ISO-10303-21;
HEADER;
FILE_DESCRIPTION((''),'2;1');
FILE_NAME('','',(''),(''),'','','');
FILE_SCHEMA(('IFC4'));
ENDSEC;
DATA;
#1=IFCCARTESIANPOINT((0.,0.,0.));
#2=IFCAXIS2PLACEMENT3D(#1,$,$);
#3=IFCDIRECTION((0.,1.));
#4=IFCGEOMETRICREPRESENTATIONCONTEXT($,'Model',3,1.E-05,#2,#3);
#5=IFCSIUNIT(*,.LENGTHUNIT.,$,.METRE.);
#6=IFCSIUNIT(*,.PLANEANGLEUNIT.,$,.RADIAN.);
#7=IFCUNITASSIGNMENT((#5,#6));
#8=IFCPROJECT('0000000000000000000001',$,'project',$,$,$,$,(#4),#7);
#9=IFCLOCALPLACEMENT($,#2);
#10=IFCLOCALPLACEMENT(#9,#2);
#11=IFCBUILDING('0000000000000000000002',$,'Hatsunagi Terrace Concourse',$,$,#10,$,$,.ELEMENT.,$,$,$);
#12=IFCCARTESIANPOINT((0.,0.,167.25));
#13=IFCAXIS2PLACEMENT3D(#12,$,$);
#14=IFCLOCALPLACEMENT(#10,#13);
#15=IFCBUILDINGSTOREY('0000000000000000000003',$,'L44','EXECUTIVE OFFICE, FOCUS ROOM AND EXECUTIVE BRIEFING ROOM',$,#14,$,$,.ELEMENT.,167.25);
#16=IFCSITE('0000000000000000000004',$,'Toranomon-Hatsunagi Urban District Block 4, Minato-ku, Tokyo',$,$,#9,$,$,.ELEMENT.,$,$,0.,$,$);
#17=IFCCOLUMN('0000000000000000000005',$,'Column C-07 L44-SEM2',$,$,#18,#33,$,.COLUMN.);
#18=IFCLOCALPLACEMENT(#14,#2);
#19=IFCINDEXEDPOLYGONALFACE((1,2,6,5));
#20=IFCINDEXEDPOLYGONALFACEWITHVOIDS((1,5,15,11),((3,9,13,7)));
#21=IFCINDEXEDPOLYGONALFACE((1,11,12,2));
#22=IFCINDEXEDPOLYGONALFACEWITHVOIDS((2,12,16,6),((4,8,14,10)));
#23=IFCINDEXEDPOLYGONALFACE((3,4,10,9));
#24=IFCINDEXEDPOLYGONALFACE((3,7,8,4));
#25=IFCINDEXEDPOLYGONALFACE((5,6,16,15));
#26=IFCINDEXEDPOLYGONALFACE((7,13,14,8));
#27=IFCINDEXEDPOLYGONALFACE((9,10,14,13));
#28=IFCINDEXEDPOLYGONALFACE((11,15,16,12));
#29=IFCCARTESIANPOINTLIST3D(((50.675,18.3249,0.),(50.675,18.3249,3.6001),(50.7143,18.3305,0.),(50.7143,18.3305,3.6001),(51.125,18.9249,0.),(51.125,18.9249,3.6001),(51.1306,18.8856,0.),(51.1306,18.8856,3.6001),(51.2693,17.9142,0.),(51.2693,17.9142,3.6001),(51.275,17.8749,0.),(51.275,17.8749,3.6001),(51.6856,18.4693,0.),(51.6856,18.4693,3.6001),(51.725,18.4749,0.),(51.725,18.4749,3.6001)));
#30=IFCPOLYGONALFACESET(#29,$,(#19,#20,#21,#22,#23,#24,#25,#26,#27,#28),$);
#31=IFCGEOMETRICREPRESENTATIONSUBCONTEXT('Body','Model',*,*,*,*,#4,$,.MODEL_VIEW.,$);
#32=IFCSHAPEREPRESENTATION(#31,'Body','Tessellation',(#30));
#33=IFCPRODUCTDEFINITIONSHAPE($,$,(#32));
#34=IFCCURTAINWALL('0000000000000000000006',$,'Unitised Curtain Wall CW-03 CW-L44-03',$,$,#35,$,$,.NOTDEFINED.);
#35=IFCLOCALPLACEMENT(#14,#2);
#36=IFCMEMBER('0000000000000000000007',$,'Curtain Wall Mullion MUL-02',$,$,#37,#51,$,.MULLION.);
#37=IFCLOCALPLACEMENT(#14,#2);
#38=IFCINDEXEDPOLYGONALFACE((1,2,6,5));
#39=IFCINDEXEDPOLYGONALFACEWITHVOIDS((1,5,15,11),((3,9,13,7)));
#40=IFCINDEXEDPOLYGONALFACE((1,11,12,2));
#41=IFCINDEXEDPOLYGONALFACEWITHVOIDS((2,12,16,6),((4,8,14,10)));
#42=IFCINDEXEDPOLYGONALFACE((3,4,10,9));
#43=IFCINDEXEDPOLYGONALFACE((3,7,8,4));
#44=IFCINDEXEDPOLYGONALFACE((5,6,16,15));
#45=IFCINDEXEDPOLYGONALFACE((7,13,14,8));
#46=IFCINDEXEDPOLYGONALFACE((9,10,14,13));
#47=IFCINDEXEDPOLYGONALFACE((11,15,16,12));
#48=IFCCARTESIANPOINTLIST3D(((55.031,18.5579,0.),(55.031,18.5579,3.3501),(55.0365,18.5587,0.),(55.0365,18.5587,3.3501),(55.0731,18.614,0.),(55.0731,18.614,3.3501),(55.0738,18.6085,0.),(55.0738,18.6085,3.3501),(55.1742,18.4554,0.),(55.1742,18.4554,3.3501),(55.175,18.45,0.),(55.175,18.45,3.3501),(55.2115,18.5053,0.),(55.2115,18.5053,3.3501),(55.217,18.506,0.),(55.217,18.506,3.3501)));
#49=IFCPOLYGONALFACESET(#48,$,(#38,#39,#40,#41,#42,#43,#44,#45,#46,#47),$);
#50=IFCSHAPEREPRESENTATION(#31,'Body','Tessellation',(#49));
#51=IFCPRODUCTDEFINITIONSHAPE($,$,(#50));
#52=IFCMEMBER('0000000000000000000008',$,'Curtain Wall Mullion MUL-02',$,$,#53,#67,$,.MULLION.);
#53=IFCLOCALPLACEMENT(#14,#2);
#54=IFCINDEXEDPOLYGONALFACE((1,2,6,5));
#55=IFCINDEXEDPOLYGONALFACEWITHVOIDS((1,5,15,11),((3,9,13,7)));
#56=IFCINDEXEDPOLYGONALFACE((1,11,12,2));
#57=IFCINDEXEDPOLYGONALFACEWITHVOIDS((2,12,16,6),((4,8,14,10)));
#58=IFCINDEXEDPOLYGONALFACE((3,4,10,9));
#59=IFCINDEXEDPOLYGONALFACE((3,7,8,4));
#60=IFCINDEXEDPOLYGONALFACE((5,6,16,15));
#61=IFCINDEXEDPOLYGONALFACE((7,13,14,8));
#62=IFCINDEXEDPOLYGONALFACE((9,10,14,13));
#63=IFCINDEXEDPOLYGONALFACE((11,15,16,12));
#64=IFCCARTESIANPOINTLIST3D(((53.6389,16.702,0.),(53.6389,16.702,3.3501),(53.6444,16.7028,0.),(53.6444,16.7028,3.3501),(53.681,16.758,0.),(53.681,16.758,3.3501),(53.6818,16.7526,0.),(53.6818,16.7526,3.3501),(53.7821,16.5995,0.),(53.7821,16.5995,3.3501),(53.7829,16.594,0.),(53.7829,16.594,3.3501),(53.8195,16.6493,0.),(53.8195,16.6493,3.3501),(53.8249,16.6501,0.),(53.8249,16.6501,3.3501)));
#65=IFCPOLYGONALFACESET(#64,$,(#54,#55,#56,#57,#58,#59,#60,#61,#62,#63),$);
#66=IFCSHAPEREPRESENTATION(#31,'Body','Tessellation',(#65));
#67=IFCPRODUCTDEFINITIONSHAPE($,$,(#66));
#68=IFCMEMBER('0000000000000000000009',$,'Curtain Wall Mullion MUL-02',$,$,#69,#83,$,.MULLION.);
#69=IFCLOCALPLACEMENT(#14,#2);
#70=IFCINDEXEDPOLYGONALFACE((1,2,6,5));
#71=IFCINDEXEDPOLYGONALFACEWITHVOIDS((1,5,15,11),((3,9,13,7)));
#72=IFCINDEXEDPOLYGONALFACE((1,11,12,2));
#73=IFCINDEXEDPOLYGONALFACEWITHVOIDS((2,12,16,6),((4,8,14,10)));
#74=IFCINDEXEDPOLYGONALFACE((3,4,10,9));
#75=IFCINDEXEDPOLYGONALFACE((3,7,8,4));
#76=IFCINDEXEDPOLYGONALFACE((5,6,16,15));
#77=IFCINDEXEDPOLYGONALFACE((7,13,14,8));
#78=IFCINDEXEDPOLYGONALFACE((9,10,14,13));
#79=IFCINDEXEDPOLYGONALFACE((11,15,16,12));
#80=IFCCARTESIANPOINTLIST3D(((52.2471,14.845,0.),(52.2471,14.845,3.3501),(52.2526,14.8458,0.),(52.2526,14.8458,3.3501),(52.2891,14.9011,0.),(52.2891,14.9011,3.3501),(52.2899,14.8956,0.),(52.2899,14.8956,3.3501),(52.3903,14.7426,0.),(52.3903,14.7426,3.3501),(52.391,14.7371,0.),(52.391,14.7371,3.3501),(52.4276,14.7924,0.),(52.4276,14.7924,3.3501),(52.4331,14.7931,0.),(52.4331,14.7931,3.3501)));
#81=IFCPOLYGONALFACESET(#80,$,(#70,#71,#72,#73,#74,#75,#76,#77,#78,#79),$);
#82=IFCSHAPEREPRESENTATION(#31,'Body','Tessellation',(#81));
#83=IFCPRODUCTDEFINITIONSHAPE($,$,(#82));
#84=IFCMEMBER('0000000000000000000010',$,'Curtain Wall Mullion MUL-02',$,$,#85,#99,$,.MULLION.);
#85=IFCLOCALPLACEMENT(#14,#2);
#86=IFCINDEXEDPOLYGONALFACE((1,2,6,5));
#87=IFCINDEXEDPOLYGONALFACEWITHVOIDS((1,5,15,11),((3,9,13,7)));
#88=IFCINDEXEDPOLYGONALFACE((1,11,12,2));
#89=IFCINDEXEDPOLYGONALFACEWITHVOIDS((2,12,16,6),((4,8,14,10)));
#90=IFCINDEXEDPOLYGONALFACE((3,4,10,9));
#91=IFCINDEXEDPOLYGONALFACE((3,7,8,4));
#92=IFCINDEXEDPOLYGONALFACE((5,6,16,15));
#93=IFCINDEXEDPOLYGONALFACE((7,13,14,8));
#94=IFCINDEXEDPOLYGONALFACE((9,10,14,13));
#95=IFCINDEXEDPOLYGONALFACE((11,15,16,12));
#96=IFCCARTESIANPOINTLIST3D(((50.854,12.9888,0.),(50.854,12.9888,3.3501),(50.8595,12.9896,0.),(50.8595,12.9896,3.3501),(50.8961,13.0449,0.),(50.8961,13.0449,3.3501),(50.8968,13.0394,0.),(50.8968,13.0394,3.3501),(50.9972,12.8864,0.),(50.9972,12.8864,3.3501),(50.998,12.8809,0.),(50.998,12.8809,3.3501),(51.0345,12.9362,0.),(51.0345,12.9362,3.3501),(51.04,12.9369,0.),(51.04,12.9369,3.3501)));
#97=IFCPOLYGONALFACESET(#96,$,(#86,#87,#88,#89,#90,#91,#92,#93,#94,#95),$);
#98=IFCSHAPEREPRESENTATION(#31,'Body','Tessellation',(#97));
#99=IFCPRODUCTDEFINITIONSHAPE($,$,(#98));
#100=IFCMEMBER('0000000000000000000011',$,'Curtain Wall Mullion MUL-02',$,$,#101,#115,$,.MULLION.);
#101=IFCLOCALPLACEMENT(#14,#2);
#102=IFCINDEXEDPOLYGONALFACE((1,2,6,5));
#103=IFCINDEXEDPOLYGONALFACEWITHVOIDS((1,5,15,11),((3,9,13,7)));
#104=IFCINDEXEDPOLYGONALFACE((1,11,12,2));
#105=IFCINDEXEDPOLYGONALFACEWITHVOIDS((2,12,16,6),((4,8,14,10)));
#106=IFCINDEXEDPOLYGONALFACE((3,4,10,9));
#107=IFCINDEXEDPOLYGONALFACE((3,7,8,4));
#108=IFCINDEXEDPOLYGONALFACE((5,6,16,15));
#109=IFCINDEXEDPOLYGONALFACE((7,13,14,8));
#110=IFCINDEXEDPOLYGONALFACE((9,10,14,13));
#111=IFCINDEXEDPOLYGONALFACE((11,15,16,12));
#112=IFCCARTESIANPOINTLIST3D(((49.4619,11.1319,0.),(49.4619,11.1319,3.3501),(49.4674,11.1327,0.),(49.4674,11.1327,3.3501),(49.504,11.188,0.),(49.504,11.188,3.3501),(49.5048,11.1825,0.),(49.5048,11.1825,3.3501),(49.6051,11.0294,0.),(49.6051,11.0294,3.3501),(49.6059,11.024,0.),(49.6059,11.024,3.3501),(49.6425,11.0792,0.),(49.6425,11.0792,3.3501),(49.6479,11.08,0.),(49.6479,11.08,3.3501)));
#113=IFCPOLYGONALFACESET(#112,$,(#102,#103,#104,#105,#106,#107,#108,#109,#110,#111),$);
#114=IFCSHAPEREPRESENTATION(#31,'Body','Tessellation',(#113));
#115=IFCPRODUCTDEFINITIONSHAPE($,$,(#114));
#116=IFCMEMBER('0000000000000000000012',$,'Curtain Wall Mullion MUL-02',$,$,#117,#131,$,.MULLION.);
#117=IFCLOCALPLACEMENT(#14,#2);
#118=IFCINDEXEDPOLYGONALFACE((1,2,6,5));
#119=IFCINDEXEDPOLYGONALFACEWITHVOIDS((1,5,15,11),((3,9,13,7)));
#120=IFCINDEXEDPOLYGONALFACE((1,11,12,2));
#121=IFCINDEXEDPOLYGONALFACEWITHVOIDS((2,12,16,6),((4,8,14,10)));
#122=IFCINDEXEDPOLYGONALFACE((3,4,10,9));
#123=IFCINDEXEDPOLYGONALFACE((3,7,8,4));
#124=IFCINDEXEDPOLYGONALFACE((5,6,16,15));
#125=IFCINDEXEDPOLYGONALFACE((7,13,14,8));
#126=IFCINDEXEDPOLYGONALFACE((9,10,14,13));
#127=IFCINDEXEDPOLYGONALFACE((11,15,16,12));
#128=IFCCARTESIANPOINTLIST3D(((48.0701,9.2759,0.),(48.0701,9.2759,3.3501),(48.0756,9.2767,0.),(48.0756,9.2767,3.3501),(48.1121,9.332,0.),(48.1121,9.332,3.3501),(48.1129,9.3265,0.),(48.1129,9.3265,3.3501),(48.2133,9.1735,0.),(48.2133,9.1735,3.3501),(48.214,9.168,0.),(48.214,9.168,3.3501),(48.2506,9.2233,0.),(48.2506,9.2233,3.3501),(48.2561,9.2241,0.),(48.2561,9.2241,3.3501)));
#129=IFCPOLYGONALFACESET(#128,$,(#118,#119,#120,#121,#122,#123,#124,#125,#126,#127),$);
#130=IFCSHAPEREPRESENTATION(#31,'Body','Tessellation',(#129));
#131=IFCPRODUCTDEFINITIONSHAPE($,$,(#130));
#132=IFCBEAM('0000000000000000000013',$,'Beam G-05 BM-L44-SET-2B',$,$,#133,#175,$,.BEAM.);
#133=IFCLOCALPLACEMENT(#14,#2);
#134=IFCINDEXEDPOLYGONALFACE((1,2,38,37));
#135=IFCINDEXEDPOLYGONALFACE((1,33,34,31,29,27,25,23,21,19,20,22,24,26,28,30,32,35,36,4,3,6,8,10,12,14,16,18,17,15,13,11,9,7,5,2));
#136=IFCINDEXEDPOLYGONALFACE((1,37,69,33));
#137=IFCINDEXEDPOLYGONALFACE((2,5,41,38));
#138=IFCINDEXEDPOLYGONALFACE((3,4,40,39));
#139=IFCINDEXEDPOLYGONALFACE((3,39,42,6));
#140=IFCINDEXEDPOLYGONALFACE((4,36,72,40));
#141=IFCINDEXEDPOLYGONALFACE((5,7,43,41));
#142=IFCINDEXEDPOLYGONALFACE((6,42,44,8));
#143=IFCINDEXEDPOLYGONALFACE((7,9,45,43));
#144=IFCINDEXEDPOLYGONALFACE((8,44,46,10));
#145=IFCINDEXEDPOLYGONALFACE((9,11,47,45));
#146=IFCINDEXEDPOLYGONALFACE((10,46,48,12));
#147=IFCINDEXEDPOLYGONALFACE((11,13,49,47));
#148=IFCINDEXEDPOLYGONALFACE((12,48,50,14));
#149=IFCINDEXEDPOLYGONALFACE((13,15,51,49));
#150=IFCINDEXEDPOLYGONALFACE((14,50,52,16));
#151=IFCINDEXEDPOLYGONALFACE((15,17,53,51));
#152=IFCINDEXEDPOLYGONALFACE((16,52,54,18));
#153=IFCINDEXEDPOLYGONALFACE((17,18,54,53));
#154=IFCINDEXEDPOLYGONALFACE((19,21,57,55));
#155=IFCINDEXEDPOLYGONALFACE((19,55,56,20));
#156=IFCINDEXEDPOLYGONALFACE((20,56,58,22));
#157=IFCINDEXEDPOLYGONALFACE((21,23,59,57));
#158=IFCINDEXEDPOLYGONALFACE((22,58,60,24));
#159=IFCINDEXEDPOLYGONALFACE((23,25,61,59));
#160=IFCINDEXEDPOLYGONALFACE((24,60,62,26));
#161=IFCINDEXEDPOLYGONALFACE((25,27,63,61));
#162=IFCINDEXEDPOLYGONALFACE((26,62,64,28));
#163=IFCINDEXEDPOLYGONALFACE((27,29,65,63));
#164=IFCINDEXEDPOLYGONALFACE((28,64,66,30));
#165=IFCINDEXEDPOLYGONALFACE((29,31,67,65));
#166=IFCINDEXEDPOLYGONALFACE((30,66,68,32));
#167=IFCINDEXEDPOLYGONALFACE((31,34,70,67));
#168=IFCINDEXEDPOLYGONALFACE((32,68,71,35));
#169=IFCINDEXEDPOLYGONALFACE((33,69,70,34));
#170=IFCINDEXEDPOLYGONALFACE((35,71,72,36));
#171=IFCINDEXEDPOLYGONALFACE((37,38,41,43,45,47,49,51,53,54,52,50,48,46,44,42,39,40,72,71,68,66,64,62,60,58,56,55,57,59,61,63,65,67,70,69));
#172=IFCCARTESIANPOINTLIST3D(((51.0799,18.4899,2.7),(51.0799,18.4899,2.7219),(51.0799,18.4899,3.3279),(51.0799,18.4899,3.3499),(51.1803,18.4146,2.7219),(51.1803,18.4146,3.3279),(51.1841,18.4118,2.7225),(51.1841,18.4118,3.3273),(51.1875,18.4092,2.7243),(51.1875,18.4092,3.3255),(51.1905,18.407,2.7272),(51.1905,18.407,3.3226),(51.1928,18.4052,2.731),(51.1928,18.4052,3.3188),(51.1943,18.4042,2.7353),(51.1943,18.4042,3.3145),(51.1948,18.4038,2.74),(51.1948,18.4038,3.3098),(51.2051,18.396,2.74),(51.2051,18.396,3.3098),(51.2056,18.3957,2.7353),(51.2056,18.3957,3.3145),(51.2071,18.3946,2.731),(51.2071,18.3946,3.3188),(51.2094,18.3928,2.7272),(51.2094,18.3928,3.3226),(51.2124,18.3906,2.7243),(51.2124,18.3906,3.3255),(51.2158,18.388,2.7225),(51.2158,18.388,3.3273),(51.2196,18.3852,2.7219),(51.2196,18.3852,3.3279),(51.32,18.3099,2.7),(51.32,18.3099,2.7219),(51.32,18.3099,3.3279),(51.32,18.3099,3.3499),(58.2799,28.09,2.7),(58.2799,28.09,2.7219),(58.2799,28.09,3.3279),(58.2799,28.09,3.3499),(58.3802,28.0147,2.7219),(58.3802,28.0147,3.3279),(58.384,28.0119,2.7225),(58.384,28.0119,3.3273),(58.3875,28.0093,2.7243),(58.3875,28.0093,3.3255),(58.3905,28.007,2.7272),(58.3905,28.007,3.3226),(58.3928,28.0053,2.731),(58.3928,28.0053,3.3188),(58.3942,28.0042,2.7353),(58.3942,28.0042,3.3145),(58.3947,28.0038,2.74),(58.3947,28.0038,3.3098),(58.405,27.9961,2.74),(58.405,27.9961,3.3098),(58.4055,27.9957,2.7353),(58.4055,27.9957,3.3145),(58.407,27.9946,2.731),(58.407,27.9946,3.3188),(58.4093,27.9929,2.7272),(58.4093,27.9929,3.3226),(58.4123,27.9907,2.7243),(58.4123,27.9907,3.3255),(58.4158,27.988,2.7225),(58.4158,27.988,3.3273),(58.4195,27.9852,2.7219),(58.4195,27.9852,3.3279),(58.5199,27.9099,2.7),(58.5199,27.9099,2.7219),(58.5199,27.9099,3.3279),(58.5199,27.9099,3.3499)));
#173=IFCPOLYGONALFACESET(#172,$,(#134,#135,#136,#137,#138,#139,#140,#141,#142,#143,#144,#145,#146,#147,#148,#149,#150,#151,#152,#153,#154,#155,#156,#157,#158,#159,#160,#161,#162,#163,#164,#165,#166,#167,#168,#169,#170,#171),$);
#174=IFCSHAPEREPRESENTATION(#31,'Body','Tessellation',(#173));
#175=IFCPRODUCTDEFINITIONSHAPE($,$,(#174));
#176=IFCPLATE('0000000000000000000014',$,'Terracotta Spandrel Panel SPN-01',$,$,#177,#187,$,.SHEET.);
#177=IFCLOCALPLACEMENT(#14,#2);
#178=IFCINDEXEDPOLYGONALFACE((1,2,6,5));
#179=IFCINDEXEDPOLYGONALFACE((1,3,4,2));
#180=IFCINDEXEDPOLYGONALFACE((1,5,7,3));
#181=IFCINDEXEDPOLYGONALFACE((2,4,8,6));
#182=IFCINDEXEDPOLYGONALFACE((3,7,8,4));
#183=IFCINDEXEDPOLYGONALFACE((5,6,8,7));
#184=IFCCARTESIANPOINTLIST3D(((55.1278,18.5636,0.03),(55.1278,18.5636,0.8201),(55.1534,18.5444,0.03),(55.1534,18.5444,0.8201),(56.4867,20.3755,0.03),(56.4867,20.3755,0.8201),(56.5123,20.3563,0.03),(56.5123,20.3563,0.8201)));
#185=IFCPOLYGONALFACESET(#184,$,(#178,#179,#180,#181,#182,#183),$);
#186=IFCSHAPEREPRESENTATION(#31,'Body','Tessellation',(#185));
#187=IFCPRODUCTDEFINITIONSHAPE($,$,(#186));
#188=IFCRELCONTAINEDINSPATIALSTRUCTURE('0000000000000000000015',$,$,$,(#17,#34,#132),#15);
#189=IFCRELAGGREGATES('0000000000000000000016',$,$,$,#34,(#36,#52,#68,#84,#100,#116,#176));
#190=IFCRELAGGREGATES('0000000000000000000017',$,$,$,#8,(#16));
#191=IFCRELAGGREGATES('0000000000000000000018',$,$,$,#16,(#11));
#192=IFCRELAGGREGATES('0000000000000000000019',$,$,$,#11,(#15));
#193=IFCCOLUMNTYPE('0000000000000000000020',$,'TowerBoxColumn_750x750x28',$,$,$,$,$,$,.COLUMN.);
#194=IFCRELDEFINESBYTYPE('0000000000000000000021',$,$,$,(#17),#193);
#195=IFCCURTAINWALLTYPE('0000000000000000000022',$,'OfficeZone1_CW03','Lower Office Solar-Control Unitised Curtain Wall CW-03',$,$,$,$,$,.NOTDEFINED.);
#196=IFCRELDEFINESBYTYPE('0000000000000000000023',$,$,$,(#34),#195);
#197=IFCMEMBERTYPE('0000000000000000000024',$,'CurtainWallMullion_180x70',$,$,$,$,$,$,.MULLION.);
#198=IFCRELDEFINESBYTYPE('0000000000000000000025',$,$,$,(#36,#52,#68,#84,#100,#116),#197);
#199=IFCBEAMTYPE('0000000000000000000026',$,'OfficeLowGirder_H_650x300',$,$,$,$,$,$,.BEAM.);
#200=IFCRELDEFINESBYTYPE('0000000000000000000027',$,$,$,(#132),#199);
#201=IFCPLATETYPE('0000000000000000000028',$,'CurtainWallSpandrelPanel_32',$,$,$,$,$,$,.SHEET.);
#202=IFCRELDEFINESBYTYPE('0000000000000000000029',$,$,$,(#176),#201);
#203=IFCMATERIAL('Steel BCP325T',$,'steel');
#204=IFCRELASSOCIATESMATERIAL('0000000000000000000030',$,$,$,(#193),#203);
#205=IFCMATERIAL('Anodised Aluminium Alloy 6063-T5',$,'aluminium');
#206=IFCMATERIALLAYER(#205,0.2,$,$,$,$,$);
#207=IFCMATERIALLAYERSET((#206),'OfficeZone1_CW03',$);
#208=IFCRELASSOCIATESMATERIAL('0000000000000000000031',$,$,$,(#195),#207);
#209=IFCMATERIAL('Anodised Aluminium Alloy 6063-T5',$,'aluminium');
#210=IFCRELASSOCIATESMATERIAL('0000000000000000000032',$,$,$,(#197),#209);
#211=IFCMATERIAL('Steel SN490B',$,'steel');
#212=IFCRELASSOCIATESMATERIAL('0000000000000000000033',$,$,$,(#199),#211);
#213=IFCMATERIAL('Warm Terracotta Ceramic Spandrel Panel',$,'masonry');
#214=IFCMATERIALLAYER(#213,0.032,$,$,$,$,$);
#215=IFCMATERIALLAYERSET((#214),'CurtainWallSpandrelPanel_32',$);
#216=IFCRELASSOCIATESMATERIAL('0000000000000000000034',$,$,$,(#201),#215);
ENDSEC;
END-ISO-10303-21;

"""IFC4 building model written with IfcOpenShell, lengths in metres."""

from ifc_helpers import new_model, si_unit, direction, frame, origin, origin_2d, place, context, subcontext, project, spatial, rectangle, hollow_rectangle, i_section, extrude, material, layer, layer_set, material_profile, profile_set, type_object, element, aggregate, save


model = new_model("IFC4")

# Units and contexts
model_context = context("Model", 3, precision=1e-05, world=origin(), true_north=direction((0.0, 1.0)))
body_context = subcontext(model_context, "Body", "Model", "MODEL_VIEW")
ifc_project = project(units=[si_unit("LENGTHUNIT", "METRE"), si_unit("PLANEANGLEUNIT", "RADIAN")], contexts=[model_context])

# Site, building, storey
site_placement = place(None, origin())
site = spatial("IfcSite", under=ifc_project, at=site_placement, Name="Toranomon-Hatsunagi Urban District Block 4, Minato-ku, Tokyo", CompositionType="ELEMENT", RefElevation=0.0)
building_placement = place(site_placement, origin())
building = spatial("IfcBuilding", under=site, at=building_placement, Name="Hatsunagi Terrace Concourse", CompositionType="ELEMENT")
storey_placement = place(building_placement, frame((0.0, 0.0, 167.25)))
storey = spatial("IfcBuildingStorey", under=building, at=storey_placement, Name="L44", Description="EXECUTIVE OFFICE, FOCUS ROOM AND EXECUTIVE BRIEFING ROOM", CompositionType="ELEMENT", Elevation=167.25)

# Column
ifc_material_1 = material(Name="Steel BCP325T", Category="steel")
ifc_material_profile_1 = material_profile(ifc_material_1, hollow_rectangle(XDim=0.75, YDim=0.75, WallThickness=0.0281, at=origin_2d()), Name="BCP-750x750x28")
ifc_profile_set_1 = profile_set([ifc_material_profile_1], Name="Steel BCP325T")
column_type = type_object("IfcColumnType", Name="TowerBoxColumn_750x750x28", PredefinedType="COLUMN", material=ifc_profile_set_1)
column_placement = place(storey_placement, frame((51.2, 18.3999, 0.0), z_axis=(0.0, 0.0, 1.0), x_axis=(0.8, -0.6, 0.0)))
element("IfcColumn", 1, at=column_placement, inside=storey, type_object=column_type, Name="Column C-07 L44-SEM2", PredefinedType="COLUMN", context=body_context, shape_type="SweptSolid", body=[
    extrude(hollow_rectangle(XDim=0.75, YDim=0.75, WallThickness=0.0281, at=origin_2d()), origin(), (0.0, 0.0, 1.0), 3.6001),
])

# Curtain wall, members
ifc_material_2 = material(Name="Anodised Aluminium Alloy 6063-T5", Category="aluminium")
ifc_layer_1 = layer(ifc_material_2, 0.2)
ifc_layer_set_1 = layer_set([ifc_layer_1], Name="OfficeZone1_CW03")
curtain_wall_type = type_object("IfcCurtainWallType", Name="OfficeZone1_CW03", Description="Lower Office Solar-Control Unitised Curtain Wall CW-03", PredefinedType="NOTDEFINED", material=ifc_layer_set_1)
curtain_wall_placement = place(storey_placement, origin())
curtain_wall = element("IfcCurtainWall", 2, at=curtain_wall_placement, inside=storey, type_object=curtain_wall_type, Name="Unitised Curtain Wall CW-03 CW-L44-03", PredefinedType="NOTDEFINED")
ifc_material_3 = material(Name="Anodised Aluminium Alloy 6063-T5", Category="aluminium")
ifc_material_profile_2 = material_profile(ifc_material_3, hollow_rectangle(XDim=0.0701, YDim=0.1799, WallThickness=0.0039, at=origin_2d()), Name="ALU-MUL-180x70x4")
ifc_profile_set_2 = profile_set([ifc_material_profile_2], Name="Anodised Aluminium Alloy 6063-T5")
member_type = type_object("IfcMemberType", Name="CurtainWallMullion_180x70", PredefinedType="MULLION", material=ifc_profile_set_2)
member_1_placement = place(storey_placement, frame((55.124, 18.532, 0.0), z_axis=(0.0, 0.0, 1.0), x_axis=(-0.599969, -0.800023, 0.0)))
member_1 = element("IfcMember", 3, at=member_1_placement, type_object=member_type, Name="Curtain Wall Mullion MUL-02", PredefinedType="MULLION", context=body_context, shape_type="SweptSolid", body=[
    extrude(hollow_rectangle(XDim=0.0701, YDim=0.1799, WallThickness=0.0039, at=origin_2d()), origin(), (0.0, 0.0, 1.0), 3.3501),
])
member_2_placement = place(storey_placement, frame((53.7319, 16.676, 0.0), z_axis=(0.0, 0.0, 1.0), x_axis=(-0.599969, -0.800023, 0.0)))
member_2 = element("IfcMember", 4, at=member_2_placement, type_object=member_type, Name="Curtain Wall Mullion MUL-02", PredefinedType="MULLION", context=body_context, shape_type="SweptSolid", body=[
    extrude(hollow_rectangle(XDim=0.0701, YDim=0.1799, WallThickness=0.0039, at=origin_2d()), origin(), (0.0, 0.0, 1.0), 3.3501),
])
member_3_placement = place(storey_placement, frame((52.3401, 14.8191, 0.0), z_axis=(0.0, 0.0, 1.0), x_axis=(-0.599969, -0.800023, 0.0)))
member_3 = element("IfcMember", 5, at=member_3_placement, type_object=member_type, Name="Curtain Wall Mullion MUL-02", PredefinedType="MULLION", context=body_context, shape_type="SweptSolid", body=[
    extrude(hollow_rectangle(XDim=0.0701, YDim=0.1799, WallThickness=0.0039, at=origin_2d()), origin(), (0.0, 0.0, 1.0), 3.3501),
])
member_4_placement = place(storey_placement, frame((50.947, 12.9629, 0.0), z_axis=(0.0, 0.0, 1.0), x_axis=(-0.599969, -0.800023, 0.0)))
member_4 = element("IfcMember", 6, at=member_4_placement, type_object=member_type, Name="Curtain Wall Mullion MUL-02", PredefinedType="MULLION", context=body_context, shape_type="SweptSolid", body=[
    extrude(hollow_rectangle(XDim=0.0701, YDim=0.1799, WallThickness=0.0039, at=origin_2d()), origin(), (0.0, 0.0, 1.0), 3.3501),
])
member_5_placement = place(storey_placement, frame((49.5549, 11.106, 0.0), z_axis=(0.0, 0.0, 1.0), x_axis=(-0.599969, -0.800023, 0.0)))
member_5 = element("IfcMember", 7, at=member_5_placement, type_object=member_type, Name="Curtain Wall Mullion MUL-02", PredefinedType="MULLION", context=body_context, shape_type="SweptSolid", body=[
    extrude(hollow_rectangle(XDim=0.0701, YDim=0.1799, WallThickness=0.0039, at=origin_2d()), origin(), (0.0, 0.0, 1.0), 3.3501),
])
member_6_placement = place(storey_placement, frame((48.1631, 9.25, 0.0), z_axis=(0.0, 0.0, 1.0), x_axis=(-0.599969, -0.800023, 0.0)))
member_6 = element("IfcMember", 8, at=member_6_placement, type_object=member_type, Name="Curtain Wall Mullion MUL-02", PredefinedType="MULLION", context=body_context, shape_type="SweptSolid", body=[
    extrude(hollow_rectangle(XDim=0.0701, YDim=0.1799, WallThickness=0.0039, at=origin_2d()), origin(), (0.0, 0.0, 1.0), 3.3501),
])

# Beam
ifc_material_4 = material(Name="Steel SN490B", Category="steel")
ifc_material_profile_3 = material_profile(ifc_material_4, i_section(OverallWidth=0.3, OverallDepth=0.6499, WebThickness=0.0129, FlangeThickness=0.022, FilletRadius=0.0181, at=origin_2d()), Name="H-650x300x13x22")
ifc_profile_set_3 = profile_set([ifc_material_profile_3], Name="Steel SN490B")
beam_type = type_object("IfcBeamType", Name="OfficeLowGirder_H_650x300", PredefinedType="BEAM", material=ifc_profile_set_3)
beam_placement = place(storey_placement, frame((51.2, 18.3999, 3.0249), z_axis=(0.599993, 0.800005, 0.0), x_axis=(-0.800005, 0.599993, 0.0)))
element("IfcBeam", 9, at=beam_placement, inside=storey, type_object=beam_type, Name="Beam G-05 BM-L44-SET-2B", PredefinedType="BEAM", context=body_context, shape_type="SweptSolid", body=[
    extrude(i_section(OverallWidth=0.3, OverallDepth=0.6499, WebThickness=0.0129, FlangeThickness=0.022, FilletRadius=0.0181, at=origin_2d()), origin(), (0.0, 0.0, 1.0), 12.0),
])

# Plate
ifc_material_5 = material(Name="Warm Terracotta Ceramic Spandrel Panel", Category="masonry")
ifc_layer_2 = layer(ifc_material_5, 0.032)
ifc_layer_set_2 = layer_set([ifc_layer_2], Name="CurtainWallSpandrelPanel_32")
plate_type_1 = type_object("IfcPlateType", Name="CurtainWallSpandrelPanel_32", PredefinedType="SHEET", material=ifc_layer_set_2)
plate_1_placement = place(storey_placement, frame((55.8201, 19.46, 0.03), z_axis=(0.0, 0.0, 1.0), x_axis=(-0.599969, -0.800023, 0.0)))
plate_1 = element("IfcPlate", 10, at=plate_1_placement, type_object=plate_type_1, Name="Terracotta Spandrel Panel SPN-01", PredefinedType="SHEET", context=body_context, shape_type="SweptSolid", body=[
    extrude(rectangle(XDim=2.2649, YDim=0.032, at=origin_2d()), origin(), (0.0, 0.0, 1.0), 0.79),
])
aggregate(curtain_wall, [member_1, member_2, member_3, member_4, member_5, member_6, plate_1])

save(model, "model.ifc")
